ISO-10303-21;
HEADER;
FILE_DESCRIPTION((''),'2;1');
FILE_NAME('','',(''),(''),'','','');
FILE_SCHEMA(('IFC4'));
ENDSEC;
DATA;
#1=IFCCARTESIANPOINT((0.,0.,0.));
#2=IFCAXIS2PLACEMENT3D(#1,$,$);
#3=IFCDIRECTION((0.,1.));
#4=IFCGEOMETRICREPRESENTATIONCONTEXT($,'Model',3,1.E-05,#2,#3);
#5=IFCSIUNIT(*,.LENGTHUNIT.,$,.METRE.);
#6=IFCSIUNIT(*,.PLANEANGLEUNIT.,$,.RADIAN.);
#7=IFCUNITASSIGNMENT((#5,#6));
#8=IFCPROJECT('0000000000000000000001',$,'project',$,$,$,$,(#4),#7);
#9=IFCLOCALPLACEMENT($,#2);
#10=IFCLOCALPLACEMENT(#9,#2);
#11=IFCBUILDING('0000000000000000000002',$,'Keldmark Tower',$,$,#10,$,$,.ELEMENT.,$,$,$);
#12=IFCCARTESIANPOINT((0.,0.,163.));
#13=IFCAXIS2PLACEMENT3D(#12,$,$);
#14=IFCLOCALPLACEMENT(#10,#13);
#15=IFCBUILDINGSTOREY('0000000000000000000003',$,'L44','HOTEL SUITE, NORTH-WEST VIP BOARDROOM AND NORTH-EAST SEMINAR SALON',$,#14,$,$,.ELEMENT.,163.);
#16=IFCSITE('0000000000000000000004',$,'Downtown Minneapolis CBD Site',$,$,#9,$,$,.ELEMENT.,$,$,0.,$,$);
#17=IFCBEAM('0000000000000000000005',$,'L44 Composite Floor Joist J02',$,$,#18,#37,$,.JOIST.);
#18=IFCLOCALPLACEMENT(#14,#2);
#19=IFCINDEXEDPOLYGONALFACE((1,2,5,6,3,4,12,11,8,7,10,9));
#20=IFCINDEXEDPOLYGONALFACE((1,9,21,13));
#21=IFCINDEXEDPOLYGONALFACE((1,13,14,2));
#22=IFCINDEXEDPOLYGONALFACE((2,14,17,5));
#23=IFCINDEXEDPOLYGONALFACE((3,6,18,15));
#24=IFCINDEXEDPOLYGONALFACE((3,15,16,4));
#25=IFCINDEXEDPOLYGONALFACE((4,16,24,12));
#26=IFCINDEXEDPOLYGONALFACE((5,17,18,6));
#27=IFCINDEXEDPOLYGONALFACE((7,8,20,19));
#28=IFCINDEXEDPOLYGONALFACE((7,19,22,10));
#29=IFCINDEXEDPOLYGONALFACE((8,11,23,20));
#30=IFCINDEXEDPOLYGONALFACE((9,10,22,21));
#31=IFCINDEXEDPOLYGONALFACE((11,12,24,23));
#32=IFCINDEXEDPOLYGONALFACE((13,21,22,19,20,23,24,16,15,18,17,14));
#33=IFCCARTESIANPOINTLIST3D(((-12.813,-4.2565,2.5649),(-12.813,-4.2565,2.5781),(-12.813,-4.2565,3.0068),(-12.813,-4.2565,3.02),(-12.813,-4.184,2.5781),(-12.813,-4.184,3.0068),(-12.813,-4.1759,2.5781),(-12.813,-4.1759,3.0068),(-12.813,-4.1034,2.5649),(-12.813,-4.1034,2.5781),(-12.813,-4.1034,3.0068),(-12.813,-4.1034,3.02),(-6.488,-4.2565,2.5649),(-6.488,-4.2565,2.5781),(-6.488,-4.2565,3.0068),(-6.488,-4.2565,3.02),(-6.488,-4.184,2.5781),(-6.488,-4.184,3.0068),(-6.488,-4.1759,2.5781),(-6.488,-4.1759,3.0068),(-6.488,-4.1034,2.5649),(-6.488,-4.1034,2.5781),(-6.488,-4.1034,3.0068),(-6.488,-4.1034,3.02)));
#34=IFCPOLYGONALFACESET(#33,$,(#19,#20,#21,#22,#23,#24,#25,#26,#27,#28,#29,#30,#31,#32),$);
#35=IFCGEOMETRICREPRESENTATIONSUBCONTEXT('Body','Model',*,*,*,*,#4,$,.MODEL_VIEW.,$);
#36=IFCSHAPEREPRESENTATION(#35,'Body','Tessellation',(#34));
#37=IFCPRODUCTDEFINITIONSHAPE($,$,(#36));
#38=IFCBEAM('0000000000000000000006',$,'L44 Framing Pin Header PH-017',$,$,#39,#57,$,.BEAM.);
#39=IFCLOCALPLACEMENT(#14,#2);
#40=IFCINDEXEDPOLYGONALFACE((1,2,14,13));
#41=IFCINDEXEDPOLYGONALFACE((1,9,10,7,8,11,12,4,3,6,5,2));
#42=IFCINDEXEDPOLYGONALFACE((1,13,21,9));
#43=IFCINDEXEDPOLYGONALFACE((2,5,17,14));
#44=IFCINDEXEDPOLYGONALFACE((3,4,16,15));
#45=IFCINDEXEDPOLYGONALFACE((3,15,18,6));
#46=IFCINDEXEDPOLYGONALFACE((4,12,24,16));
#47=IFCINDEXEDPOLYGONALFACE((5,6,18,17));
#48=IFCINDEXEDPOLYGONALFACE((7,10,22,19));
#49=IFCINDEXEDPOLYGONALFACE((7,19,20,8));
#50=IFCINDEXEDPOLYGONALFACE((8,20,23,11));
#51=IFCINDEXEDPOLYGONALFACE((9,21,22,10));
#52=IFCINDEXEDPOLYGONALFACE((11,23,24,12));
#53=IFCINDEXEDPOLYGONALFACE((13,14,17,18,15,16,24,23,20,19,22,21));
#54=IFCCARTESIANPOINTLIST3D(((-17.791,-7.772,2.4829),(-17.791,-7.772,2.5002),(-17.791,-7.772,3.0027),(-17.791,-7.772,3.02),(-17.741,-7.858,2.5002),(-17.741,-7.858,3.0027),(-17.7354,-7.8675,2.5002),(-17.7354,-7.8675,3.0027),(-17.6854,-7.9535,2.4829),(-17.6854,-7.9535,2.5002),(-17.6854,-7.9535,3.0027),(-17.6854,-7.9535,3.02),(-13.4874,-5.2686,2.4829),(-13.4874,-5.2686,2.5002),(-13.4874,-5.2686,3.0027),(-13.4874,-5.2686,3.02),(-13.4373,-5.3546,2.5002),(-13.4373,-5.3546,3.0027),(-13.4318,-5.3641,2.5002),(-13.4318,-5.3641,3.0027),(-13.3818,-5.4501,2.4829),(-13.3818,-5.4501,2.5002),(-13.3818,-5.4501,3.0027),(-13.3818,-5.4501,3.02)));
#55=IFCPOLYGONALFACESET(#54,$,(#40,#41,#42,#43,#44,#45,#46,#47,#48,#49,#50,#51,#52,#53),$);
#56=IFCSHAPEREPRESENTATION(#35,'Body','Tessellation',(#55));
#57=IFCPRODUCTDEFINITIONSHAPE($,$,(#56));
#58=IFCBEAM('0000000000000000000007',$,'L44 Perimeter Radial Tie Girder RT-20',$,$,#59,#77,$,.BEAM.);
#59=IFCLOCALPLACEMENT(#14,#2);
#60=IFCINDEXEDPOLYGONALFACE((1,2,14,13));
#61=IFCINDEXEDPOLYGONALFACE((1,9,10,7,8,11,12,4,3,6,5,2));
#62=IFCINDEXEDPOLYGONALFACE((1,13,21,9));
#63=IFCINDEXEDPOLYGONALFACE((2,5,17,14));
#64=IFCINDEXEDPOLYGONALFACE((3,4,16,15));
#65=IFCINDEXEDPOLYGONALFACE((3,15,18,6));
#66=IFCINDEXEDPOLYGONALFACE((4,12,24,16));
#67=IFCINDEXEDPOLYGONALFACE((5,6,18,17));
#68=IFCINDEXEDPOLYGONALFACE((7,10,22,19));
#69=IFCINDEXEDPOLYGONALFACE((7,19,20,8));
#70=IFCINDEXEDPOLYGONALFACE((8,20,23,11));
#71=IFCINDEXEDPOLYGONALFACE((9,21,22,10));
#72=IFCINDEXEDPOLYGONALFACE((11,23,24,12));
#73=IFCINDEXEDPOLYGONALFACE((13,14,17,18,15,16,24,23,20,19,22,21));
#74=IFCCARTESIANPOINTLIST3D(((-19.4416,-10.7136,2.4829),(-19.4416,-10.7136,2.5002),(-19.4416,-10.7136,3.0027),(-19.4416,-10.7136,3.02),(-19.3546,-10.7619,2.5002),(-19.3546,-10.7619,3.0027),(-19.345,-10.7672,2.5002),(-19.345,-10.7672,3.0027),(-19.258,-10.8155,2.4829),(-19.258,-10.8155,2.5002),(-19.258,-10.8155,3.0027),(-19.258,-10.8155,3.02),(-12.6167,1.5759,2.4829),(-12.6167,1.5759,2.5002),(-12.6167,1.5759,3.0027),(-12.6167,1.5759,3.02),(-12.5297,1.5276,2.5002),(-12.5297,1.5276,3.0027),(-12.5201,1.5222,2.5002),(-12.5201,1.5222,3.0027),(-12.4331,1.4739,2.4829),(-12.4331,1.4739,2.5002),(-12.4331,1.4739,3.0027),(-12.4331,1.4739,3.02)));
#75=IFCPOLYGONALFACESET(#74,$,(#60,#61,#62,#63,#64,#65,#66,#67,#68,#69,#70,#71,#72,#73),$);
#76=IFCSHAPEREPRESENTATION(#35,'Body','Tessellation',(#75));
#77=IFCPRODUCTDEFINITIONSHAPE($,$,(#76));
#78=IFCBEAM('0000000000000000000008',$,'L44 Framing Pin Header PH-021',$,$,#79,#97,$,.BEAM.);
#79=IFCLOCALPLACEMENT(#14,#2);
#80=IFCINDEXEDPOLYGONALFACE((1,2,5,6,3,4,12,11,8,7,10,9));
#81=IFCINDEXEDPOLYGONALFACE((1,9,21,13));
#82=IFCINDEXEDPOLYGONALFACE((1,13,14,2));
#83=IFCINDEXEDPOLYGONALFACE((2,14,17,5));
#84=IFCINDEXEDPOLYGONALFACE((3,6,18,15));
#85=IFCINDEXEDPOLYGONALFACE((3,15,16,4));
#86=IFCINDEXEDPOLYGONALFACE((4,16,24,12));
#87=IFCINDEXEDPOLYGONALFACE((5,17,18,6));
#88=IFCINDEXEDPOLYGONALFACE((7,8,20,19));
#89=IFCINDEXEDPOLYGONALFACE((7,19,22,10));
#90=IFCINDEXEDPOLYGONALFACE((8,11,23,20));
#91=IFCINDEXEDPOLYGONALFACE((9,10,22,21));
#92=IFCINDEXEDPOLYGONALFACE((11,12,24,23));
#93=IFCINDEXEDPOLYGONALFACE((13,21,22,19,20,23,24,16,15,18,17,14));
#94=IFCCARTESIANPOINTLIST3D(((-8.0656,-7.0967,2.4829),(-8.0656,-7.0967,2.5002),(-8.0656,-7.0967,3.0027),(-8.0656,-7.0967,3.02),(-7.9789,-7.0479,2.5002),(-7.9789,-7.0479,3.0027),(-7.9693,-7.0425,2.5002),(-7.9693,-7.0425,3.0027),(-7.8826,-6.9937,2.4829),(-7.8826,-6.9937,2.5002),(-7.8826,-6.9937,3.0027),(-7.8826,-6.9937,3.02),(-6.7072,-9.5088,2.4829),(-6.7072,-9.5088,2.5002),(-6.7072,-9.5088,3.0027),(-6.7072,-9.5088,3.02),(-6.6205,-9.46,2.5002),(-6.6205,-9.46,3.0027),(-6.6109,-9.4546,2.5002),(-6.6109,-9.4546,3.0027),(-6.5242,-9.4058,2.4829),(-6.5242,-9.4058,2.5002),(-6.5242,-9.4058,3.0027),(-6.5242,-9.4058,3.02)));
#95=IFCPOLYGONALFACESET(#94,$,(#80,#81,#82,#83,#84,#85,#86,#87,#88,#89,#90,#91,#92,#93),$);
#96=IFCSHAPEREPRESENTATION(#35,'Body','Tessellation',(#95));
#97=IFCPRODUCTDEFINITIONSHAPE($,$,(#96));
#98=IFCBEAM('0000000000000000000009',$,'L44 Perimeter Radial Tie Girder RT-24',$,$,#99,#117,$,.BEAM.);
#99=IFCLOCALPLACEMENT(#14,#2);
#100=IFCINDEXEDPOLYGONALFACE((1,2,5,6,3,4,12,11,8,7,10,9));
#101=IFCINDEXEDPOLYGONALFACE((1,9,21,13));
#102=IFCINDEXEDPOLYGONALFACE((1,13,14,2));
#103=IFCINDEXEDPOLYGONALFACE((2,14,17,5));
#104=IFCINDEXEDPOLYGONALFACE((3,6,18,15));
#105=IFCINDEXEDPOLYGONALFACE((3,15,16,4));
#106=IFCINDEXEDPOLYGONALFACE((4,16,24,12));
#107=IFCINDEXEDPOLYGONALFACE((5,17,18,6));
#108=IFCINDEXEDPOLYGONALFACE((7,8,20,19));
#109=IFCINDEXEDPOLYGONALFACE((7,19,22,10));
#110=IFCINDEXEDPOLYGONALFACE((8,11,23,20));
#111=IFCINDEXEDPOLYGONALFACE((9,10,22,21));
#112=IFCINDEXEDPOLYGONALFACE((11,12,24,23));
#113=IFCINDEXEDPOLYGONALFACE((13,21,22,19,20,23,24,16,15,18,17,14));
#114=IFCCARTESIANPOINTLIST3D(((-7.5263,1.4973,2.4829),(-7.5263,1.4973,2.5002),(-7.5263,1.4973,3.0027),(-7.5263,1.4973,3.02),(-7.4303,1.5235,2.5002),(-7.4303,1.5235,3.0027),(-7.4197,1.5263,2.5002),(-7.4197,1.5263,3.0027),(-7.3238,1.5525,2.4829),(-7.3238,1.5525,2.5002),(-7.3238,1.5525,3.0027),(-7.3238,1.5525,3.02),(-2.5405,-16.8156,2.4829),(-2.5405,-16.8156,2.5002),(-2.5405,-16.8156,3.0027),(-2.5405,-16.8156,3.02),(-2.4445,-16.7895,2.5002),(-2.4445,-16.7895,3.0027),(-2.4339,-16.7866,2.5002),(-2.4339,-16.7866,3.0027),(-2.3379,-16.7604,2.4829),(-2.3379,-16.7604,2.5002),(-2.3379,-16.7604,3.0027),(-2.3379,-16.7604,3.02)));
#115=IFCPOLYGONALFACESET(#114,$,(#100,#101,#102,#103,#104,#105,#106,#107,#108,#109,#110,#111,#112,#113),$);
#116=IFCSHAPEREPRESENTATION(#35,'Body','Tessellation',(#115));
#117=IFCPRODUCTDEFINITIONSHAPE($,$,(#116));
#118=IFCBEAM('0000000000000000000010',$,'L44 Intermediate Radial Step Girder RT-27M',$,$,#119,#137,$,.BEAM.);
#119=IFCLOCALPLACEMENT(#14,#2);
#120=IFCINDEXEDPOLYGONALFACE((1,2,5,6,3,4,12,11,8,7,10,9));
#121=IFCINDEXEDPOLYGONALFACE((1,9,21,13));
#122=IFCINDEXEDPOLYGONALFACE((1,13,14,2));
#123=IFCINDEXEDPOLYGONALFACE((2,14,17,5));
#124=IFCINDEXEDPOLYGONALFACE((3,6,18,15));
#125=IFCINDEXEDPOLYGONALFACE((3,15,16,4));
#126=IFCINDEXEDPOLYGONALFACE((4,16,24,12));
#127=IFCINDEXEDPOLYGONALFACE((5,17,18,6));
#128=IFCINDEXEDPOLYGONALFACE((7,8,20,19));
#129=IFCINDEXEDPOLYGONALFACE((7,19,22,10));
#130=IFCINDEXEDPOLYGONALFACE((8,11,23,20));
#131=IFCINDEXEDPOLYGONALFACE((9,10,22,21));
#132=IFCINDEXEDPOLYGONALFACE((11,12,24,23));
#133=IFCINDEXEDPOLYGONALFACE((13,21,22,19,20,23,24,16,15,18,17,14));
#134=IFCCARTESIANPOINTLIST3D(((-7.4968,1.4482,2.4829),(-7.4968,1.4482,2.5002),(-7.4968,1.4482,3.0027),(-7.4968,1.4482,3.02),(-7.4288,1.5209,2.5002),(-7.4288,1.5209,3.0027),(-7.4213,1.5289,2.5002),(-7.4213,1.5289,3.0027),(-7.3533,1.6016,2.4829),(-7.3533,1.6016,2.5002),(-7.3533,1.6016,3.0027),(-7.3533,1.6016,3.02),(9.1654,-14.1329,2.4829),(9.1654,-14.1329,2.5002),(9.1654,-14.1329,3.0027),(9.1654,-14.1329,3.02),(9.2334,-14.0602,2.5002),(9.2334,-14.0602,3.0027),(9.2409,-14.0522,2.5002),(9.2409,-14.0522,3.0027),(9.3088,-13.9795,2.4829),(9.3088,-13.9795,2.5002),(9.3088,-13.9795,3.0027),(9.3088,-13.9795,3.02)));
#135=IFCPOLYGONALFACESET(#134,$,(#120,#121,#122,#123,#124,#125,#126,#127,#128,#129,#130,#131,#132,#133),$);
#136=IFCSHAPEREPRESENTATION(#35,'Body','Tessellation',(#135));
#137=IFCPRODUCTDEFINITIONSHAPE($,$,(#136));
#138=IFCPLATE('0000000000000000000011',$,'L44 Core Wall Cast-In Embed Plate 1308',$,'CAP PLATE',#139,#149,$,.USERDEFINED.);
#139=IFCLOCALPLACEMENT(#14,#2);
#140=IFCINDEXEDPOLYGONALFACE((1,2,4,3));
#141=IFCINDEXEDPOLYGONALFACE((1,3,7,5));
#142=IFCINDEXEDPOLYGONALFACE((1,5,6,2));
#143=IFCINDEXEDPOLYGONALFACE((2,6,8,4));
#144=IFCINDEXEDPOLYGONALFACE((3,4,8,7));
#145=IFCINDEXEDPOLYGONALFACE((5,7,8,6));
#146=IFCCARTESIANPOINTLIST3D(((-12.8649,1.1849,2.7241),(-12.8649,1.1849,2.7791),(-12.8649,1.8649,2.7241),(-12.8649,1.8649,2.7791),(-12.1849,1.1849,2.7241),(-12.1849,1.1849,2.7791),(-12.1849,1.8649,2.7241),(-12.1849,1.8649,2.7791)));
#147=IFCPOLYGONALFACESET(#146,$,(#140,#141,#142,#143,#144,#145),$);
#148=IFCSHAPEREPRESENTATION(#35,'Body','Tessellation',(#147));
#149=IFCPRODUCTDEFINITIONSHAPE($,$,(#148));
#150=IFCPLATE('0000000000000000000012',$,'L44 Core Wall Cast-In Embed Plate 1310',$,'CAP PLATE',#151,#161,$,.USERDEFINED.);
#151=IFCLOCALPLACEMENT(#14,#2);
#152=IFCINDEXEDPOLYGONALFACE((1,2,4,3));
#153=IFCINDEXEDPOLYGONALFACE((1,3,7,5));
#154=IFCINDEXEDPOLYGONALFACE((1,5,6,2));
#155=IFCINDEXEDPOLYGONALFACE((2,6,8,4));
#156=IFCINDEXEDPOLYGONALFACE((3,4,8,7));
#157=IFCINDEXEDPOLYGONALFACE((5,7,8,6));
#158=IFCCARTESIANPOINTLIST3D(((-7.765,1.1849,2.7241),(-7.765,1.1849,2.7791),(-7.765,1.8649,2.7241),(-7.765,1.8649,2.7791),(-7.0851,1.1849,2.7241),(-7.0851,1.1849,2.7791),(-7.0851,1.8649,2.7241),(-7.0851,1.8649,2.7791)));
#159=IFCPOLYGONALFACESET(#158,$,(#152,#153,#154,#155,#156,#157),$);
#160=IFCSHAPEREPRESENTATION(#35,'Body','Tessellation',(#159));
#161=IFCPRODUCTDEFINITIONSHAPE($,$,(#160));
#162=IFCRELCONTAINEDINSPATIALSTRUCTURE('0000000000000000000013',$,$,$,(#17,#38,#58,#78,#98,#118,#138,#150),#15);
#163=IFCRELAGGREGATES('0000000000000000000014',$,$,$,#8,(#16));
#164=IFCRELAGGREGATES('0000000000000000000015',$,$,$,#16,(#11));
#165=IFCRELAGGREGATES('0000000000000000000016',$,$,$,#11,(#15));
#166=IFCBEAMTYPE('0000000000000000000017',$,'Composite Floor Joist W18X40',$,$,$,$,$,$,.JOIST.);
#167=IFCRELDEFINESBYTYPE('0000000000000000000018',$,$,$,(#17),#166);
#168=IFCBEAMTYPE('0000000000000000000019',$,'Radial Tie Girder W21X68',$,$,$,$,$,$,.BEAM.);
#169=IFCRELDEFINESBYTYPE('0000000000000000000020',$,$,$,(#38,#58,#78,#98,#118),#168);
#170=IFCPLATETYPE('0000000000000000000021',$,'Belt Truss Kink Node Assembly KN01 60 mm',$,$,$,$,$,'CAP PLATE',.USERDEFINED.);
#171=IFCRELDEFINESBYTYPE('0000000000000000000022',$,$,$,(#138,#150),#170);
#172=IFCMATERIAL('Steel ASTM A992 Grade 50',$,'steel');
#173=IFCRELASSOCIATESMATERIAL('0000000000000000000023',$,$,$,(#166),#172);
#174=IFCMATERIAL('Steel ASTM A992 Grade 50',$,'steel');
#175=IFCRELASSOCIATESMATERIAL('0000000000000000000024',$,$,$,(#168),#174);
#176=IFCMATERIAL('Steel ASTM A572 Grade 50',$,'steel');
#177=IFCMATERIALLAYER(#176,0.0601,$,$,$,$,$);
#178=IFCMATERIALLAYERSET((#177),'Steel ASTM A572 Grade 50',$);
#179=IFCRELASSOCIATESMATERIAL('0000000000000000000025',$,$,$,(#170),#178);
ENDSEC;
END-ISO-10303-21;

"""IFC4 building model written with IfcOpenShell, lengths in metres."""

from ifc_helpers import new_model, si_unit, direction, frame, origin, origin_2d, place, context, subcontext, project, spatial, rectangle, i_section, extrude, material, layer, layer_set, material_profile, profile_set, type_object, element, save


model = new_model("IFC4")

# Units and contexts
model_context = context("Model", 3, precision=1e-05, world=origin(), true_north=direction((0.0, 1.0)))
body_context = subcontext(model_context, "Body", "Model", "MODEL_VIEW")
ifc_project = project(units=[si_unit("LENGTHUNIT", "METRE"), si_unit("PLANEANGLEUNIT", "RADIAN")], contexts=[model_context])

# Site, building, storey
site_placement = place(None, origin())
site = spatial("IfcSite", under=ifc_project, at=site_placement, Name="Downtown Minneapolis CBD Site", CompositionType="ELEMENT", RefElevation=0.0)
building_placement = place(site_placement, origin())
building = spatial("IfcBuilding", under=site, at=building_placement, Name="Keldmark Tower", CompositionType="ELEMENT")
storey_placement = place(building_placement, frame((0.0, 0.0, 163.0)))
storey = spatial("IfcBuildingStorey", under=building, at=storey_placement, Name="L44", Description="HOTEL SUITE, NORTH-WEST VIP BOARDROOM AND NORTH-EAST SEMINAR SALON", CompositionType="ELEMENT", Elevation=163.0)

# Beams
ifc_material_1 = material(Name="Steel ASTM A992 Grade 50", Category="steel")
ifc_material_profile_1 = material_profile(ifc_material_1, i_section(OverallWidth=0.1531, OverallDepth=0.4551, WebThickness=0.0081, FlangeThickness=0.0132, at=origin_2d()), Name="W18X40")
ifc_profile_set_1 = profile_set([ifc_material_profile_1], Name="Steel ASTM A992 Grade 50")
beam_type_1 = type_object("IfcBeamType", Name="Composite Floor Joist W18X40", PredefinedType="JOIST", material=ifc_profile_set_1)
beam_1_placement = place(storey_placement, frame((-12.813, -4.1799, 2.7925), z_axis=(1.0, 0.0, 0.0), x_axis=(0.0, 1.0, 0.0)))
element("IfcBeam", 1, at=beam_1_placement, inside=storey, type_object=beam_type_1, Name="L44 Composite Floor Joist J02", PredefinedType="JOIST", context=body_context, shape_type="SweptSolid", body=[
    extrude(i_section(OverallWidth=0.1531, OverallDepth=0.4551, WebThickness=0.0081, FlangeThickness=0.0132, at=origin_2d()), origin(), (0.0, 0.0, 1.0), 6.325),
])
ifc_material_2 = material(Name="Steel ASTM A992 Grade 50", Category="steel")
ifc_material_profile_2 = material_profile(ifc_material_2, i_section(OverallWidth=0.21, OverallDepth=0.5371, WebThickness=0.011, FlangeThickness=0.0173, at=origin_2d()), Name="W21X68")
ifc_profile_set_2 = profile_set([ifc_material_profile_2], Name="Steel ASTM A992 Grade 50")
beam_type_2 = type_object("IfcBeamType", Name="Radial Tie Girder W21X68", PredefinedType="BEAM", material=ifc_profile_set_2)
beam_2_placement = place(storey_placement, frame((-13.4346, -5.3594, 2.7515), z_axis=(-0.864397, -0.50281, 0.0), x_axis=(0.50281, -0.864397, 0.0)))
element("IfcBeam", 2, at=beam_2_placement, inside=storey, type_object=beam_type_2, Name="L44 Framing Pin Header PH-017", PredefinedType="BEAM", context=body_context, shape_type="SweptSolid", body=[
    extrude(i_section(OverallWidth=0.21, OverallDepth=0.5371, WebThickness=0.011, FlangeThickness=0.0173, at=origin_2d()), origin(), (0.0, 0.0, 1.0), 4.9788),
])
beam_3_placement = place(storey_placement, frame((-12.5249, 1.5249, 2.7515), z_axis=(-0.485503, -0.874235, 0.0), x_axis=(0.874235, -0.485503, 0.0)))
element("IfcBeam", 3, at=beam_3_placement, inside=storey, type_object=beam_type_2, Name="L44 Perimeter Radial Tie Girder RT-20", PredefinedType="BEAM", context=body_context, shape_type="SweptSolid", body=[
    extrude(i_section(OverallWidth=0.21, OverallDepth=0.5371, WebThickness=0.011, FlangeThickness=0.0173, at=origin_2d()), origin(), (0.0, 0.0, 1.0), 14.0574),
])
beam_4_placement = place(storey_placement, frame((-7.9741, -7.0452, 2.7515), z_axis=(0.490697, -0.87133, 0.0), x_axis=(0.87133, 0.490697, 0.0)))
element("IfcBeam", 4, at=beam_4_placement, inside=storey, type_object=beam_type_2, Name="L44 Framing Pin Header PH-021", PredefinedType="BEAM", context=body_context, shape_type="SweptSolid", body=[
    extrude(i_section(OverallWidth=0.21, OverallDepth=0.5371, WebThickness=0.011, FlangeThickness=0.0173, at=origin_2d()), origin(), (0.0, 0.0, 1.0), 2.7683),
])
beam_5_placement = place(storey_placement, frame((-7.425, 1.5249, 2.7515), z_axis=(0.262695, -0.964879, 0.0), x_axis=(0.964879, 0.262695, 0.0)))
element("IfcBeam", 5, at=beam_5_placement, inside=storey, type_object=beam_type_2, Name="L44 Perimeter Radial Tie Girder RT-24", PredefinedType="BEAM", context=body_context, shape_type="SweptSolid", body=[
    extrude(i_section(OverallWidth=0.21, OverallDepth=0.5371, WebThickness=0.011, FlangeThickness=0.0173, at=origin_2d()), origin(), (0.0, 0.0, 1.0), 18.9795),
])
beam_6_placement = place(storey_placement, frame((-7.425, 1.5249, 2.7515), z_axis=(0.730404, -0.683015, 0.0), x_axis=(0.683015, 0.730404, 0.0)))
element("IfcBeam", 6, at=beam_6_placement, inside=storey, type_object=beam_type_2, Name="L44 Intermediate Radial Step Girder RT-27M", PredefinedType="BEAM", context=body_context, shape_type="SweptSolid", body=[
    extrude(i_section(OverallWidth=0.21, OverallDepth=0.5371, WebThickness=0.011, FlangeThickness=0.0173, at=origin_2d()), origin(), (0.0, 0.0, 1.0), 22.8123),
])

# Plates
ifc_material_3 = material(Name="Steel ASTM A572 Grade 50", Category="steel")
ifc_layer_1 = layer(ifc_material_3, 0.0601)
ifc_layer_set_1 = layer_set([ifc_layer_1], Name="Steel ASTM A572 Grade 50")
plate_type = type_object("IfcPlateType", Name="Belt Truss Kink Node Assembly KN01 60 mm", ElementType="CAP PLATE", PredefinedType="USERDEFINED", material=ifc_layer_set_1)
for number, where, z_axis, x_axis, name in (
    (7, (-12.5249, 1.5249, 2.7241), (0.0, 0.0, 1.0), (1.0, 0.0, 0.0), "L44 Core Wall Cast-In Embed Plate 1308"),
    (8, (-7.425, 1.5249, 2.7241), (0.0, 0.0, 1.0), (1.0, 0.0, 0.0), "L44 Core Wall Cast-In Embed Plate 1310"),
):
    element("IfcPlate", number, at=place(storey_placement, frame(where, z_axis=z_axis, x_axis=x_axis)), inside=storey, type_object=plate_type, Name=name, ObjectType="CAP PLATE", PredefinedType="USERDEFINED", context=body_context, shape_type="SweptSolid", body=[
        extrude(rectangle(XDim=0.6799, YDim=0.6799, at=origin_2d()), origin(), (0.0, 0.0, 1.0), 0.0549),
    ])

save(model, "model.ifc")
